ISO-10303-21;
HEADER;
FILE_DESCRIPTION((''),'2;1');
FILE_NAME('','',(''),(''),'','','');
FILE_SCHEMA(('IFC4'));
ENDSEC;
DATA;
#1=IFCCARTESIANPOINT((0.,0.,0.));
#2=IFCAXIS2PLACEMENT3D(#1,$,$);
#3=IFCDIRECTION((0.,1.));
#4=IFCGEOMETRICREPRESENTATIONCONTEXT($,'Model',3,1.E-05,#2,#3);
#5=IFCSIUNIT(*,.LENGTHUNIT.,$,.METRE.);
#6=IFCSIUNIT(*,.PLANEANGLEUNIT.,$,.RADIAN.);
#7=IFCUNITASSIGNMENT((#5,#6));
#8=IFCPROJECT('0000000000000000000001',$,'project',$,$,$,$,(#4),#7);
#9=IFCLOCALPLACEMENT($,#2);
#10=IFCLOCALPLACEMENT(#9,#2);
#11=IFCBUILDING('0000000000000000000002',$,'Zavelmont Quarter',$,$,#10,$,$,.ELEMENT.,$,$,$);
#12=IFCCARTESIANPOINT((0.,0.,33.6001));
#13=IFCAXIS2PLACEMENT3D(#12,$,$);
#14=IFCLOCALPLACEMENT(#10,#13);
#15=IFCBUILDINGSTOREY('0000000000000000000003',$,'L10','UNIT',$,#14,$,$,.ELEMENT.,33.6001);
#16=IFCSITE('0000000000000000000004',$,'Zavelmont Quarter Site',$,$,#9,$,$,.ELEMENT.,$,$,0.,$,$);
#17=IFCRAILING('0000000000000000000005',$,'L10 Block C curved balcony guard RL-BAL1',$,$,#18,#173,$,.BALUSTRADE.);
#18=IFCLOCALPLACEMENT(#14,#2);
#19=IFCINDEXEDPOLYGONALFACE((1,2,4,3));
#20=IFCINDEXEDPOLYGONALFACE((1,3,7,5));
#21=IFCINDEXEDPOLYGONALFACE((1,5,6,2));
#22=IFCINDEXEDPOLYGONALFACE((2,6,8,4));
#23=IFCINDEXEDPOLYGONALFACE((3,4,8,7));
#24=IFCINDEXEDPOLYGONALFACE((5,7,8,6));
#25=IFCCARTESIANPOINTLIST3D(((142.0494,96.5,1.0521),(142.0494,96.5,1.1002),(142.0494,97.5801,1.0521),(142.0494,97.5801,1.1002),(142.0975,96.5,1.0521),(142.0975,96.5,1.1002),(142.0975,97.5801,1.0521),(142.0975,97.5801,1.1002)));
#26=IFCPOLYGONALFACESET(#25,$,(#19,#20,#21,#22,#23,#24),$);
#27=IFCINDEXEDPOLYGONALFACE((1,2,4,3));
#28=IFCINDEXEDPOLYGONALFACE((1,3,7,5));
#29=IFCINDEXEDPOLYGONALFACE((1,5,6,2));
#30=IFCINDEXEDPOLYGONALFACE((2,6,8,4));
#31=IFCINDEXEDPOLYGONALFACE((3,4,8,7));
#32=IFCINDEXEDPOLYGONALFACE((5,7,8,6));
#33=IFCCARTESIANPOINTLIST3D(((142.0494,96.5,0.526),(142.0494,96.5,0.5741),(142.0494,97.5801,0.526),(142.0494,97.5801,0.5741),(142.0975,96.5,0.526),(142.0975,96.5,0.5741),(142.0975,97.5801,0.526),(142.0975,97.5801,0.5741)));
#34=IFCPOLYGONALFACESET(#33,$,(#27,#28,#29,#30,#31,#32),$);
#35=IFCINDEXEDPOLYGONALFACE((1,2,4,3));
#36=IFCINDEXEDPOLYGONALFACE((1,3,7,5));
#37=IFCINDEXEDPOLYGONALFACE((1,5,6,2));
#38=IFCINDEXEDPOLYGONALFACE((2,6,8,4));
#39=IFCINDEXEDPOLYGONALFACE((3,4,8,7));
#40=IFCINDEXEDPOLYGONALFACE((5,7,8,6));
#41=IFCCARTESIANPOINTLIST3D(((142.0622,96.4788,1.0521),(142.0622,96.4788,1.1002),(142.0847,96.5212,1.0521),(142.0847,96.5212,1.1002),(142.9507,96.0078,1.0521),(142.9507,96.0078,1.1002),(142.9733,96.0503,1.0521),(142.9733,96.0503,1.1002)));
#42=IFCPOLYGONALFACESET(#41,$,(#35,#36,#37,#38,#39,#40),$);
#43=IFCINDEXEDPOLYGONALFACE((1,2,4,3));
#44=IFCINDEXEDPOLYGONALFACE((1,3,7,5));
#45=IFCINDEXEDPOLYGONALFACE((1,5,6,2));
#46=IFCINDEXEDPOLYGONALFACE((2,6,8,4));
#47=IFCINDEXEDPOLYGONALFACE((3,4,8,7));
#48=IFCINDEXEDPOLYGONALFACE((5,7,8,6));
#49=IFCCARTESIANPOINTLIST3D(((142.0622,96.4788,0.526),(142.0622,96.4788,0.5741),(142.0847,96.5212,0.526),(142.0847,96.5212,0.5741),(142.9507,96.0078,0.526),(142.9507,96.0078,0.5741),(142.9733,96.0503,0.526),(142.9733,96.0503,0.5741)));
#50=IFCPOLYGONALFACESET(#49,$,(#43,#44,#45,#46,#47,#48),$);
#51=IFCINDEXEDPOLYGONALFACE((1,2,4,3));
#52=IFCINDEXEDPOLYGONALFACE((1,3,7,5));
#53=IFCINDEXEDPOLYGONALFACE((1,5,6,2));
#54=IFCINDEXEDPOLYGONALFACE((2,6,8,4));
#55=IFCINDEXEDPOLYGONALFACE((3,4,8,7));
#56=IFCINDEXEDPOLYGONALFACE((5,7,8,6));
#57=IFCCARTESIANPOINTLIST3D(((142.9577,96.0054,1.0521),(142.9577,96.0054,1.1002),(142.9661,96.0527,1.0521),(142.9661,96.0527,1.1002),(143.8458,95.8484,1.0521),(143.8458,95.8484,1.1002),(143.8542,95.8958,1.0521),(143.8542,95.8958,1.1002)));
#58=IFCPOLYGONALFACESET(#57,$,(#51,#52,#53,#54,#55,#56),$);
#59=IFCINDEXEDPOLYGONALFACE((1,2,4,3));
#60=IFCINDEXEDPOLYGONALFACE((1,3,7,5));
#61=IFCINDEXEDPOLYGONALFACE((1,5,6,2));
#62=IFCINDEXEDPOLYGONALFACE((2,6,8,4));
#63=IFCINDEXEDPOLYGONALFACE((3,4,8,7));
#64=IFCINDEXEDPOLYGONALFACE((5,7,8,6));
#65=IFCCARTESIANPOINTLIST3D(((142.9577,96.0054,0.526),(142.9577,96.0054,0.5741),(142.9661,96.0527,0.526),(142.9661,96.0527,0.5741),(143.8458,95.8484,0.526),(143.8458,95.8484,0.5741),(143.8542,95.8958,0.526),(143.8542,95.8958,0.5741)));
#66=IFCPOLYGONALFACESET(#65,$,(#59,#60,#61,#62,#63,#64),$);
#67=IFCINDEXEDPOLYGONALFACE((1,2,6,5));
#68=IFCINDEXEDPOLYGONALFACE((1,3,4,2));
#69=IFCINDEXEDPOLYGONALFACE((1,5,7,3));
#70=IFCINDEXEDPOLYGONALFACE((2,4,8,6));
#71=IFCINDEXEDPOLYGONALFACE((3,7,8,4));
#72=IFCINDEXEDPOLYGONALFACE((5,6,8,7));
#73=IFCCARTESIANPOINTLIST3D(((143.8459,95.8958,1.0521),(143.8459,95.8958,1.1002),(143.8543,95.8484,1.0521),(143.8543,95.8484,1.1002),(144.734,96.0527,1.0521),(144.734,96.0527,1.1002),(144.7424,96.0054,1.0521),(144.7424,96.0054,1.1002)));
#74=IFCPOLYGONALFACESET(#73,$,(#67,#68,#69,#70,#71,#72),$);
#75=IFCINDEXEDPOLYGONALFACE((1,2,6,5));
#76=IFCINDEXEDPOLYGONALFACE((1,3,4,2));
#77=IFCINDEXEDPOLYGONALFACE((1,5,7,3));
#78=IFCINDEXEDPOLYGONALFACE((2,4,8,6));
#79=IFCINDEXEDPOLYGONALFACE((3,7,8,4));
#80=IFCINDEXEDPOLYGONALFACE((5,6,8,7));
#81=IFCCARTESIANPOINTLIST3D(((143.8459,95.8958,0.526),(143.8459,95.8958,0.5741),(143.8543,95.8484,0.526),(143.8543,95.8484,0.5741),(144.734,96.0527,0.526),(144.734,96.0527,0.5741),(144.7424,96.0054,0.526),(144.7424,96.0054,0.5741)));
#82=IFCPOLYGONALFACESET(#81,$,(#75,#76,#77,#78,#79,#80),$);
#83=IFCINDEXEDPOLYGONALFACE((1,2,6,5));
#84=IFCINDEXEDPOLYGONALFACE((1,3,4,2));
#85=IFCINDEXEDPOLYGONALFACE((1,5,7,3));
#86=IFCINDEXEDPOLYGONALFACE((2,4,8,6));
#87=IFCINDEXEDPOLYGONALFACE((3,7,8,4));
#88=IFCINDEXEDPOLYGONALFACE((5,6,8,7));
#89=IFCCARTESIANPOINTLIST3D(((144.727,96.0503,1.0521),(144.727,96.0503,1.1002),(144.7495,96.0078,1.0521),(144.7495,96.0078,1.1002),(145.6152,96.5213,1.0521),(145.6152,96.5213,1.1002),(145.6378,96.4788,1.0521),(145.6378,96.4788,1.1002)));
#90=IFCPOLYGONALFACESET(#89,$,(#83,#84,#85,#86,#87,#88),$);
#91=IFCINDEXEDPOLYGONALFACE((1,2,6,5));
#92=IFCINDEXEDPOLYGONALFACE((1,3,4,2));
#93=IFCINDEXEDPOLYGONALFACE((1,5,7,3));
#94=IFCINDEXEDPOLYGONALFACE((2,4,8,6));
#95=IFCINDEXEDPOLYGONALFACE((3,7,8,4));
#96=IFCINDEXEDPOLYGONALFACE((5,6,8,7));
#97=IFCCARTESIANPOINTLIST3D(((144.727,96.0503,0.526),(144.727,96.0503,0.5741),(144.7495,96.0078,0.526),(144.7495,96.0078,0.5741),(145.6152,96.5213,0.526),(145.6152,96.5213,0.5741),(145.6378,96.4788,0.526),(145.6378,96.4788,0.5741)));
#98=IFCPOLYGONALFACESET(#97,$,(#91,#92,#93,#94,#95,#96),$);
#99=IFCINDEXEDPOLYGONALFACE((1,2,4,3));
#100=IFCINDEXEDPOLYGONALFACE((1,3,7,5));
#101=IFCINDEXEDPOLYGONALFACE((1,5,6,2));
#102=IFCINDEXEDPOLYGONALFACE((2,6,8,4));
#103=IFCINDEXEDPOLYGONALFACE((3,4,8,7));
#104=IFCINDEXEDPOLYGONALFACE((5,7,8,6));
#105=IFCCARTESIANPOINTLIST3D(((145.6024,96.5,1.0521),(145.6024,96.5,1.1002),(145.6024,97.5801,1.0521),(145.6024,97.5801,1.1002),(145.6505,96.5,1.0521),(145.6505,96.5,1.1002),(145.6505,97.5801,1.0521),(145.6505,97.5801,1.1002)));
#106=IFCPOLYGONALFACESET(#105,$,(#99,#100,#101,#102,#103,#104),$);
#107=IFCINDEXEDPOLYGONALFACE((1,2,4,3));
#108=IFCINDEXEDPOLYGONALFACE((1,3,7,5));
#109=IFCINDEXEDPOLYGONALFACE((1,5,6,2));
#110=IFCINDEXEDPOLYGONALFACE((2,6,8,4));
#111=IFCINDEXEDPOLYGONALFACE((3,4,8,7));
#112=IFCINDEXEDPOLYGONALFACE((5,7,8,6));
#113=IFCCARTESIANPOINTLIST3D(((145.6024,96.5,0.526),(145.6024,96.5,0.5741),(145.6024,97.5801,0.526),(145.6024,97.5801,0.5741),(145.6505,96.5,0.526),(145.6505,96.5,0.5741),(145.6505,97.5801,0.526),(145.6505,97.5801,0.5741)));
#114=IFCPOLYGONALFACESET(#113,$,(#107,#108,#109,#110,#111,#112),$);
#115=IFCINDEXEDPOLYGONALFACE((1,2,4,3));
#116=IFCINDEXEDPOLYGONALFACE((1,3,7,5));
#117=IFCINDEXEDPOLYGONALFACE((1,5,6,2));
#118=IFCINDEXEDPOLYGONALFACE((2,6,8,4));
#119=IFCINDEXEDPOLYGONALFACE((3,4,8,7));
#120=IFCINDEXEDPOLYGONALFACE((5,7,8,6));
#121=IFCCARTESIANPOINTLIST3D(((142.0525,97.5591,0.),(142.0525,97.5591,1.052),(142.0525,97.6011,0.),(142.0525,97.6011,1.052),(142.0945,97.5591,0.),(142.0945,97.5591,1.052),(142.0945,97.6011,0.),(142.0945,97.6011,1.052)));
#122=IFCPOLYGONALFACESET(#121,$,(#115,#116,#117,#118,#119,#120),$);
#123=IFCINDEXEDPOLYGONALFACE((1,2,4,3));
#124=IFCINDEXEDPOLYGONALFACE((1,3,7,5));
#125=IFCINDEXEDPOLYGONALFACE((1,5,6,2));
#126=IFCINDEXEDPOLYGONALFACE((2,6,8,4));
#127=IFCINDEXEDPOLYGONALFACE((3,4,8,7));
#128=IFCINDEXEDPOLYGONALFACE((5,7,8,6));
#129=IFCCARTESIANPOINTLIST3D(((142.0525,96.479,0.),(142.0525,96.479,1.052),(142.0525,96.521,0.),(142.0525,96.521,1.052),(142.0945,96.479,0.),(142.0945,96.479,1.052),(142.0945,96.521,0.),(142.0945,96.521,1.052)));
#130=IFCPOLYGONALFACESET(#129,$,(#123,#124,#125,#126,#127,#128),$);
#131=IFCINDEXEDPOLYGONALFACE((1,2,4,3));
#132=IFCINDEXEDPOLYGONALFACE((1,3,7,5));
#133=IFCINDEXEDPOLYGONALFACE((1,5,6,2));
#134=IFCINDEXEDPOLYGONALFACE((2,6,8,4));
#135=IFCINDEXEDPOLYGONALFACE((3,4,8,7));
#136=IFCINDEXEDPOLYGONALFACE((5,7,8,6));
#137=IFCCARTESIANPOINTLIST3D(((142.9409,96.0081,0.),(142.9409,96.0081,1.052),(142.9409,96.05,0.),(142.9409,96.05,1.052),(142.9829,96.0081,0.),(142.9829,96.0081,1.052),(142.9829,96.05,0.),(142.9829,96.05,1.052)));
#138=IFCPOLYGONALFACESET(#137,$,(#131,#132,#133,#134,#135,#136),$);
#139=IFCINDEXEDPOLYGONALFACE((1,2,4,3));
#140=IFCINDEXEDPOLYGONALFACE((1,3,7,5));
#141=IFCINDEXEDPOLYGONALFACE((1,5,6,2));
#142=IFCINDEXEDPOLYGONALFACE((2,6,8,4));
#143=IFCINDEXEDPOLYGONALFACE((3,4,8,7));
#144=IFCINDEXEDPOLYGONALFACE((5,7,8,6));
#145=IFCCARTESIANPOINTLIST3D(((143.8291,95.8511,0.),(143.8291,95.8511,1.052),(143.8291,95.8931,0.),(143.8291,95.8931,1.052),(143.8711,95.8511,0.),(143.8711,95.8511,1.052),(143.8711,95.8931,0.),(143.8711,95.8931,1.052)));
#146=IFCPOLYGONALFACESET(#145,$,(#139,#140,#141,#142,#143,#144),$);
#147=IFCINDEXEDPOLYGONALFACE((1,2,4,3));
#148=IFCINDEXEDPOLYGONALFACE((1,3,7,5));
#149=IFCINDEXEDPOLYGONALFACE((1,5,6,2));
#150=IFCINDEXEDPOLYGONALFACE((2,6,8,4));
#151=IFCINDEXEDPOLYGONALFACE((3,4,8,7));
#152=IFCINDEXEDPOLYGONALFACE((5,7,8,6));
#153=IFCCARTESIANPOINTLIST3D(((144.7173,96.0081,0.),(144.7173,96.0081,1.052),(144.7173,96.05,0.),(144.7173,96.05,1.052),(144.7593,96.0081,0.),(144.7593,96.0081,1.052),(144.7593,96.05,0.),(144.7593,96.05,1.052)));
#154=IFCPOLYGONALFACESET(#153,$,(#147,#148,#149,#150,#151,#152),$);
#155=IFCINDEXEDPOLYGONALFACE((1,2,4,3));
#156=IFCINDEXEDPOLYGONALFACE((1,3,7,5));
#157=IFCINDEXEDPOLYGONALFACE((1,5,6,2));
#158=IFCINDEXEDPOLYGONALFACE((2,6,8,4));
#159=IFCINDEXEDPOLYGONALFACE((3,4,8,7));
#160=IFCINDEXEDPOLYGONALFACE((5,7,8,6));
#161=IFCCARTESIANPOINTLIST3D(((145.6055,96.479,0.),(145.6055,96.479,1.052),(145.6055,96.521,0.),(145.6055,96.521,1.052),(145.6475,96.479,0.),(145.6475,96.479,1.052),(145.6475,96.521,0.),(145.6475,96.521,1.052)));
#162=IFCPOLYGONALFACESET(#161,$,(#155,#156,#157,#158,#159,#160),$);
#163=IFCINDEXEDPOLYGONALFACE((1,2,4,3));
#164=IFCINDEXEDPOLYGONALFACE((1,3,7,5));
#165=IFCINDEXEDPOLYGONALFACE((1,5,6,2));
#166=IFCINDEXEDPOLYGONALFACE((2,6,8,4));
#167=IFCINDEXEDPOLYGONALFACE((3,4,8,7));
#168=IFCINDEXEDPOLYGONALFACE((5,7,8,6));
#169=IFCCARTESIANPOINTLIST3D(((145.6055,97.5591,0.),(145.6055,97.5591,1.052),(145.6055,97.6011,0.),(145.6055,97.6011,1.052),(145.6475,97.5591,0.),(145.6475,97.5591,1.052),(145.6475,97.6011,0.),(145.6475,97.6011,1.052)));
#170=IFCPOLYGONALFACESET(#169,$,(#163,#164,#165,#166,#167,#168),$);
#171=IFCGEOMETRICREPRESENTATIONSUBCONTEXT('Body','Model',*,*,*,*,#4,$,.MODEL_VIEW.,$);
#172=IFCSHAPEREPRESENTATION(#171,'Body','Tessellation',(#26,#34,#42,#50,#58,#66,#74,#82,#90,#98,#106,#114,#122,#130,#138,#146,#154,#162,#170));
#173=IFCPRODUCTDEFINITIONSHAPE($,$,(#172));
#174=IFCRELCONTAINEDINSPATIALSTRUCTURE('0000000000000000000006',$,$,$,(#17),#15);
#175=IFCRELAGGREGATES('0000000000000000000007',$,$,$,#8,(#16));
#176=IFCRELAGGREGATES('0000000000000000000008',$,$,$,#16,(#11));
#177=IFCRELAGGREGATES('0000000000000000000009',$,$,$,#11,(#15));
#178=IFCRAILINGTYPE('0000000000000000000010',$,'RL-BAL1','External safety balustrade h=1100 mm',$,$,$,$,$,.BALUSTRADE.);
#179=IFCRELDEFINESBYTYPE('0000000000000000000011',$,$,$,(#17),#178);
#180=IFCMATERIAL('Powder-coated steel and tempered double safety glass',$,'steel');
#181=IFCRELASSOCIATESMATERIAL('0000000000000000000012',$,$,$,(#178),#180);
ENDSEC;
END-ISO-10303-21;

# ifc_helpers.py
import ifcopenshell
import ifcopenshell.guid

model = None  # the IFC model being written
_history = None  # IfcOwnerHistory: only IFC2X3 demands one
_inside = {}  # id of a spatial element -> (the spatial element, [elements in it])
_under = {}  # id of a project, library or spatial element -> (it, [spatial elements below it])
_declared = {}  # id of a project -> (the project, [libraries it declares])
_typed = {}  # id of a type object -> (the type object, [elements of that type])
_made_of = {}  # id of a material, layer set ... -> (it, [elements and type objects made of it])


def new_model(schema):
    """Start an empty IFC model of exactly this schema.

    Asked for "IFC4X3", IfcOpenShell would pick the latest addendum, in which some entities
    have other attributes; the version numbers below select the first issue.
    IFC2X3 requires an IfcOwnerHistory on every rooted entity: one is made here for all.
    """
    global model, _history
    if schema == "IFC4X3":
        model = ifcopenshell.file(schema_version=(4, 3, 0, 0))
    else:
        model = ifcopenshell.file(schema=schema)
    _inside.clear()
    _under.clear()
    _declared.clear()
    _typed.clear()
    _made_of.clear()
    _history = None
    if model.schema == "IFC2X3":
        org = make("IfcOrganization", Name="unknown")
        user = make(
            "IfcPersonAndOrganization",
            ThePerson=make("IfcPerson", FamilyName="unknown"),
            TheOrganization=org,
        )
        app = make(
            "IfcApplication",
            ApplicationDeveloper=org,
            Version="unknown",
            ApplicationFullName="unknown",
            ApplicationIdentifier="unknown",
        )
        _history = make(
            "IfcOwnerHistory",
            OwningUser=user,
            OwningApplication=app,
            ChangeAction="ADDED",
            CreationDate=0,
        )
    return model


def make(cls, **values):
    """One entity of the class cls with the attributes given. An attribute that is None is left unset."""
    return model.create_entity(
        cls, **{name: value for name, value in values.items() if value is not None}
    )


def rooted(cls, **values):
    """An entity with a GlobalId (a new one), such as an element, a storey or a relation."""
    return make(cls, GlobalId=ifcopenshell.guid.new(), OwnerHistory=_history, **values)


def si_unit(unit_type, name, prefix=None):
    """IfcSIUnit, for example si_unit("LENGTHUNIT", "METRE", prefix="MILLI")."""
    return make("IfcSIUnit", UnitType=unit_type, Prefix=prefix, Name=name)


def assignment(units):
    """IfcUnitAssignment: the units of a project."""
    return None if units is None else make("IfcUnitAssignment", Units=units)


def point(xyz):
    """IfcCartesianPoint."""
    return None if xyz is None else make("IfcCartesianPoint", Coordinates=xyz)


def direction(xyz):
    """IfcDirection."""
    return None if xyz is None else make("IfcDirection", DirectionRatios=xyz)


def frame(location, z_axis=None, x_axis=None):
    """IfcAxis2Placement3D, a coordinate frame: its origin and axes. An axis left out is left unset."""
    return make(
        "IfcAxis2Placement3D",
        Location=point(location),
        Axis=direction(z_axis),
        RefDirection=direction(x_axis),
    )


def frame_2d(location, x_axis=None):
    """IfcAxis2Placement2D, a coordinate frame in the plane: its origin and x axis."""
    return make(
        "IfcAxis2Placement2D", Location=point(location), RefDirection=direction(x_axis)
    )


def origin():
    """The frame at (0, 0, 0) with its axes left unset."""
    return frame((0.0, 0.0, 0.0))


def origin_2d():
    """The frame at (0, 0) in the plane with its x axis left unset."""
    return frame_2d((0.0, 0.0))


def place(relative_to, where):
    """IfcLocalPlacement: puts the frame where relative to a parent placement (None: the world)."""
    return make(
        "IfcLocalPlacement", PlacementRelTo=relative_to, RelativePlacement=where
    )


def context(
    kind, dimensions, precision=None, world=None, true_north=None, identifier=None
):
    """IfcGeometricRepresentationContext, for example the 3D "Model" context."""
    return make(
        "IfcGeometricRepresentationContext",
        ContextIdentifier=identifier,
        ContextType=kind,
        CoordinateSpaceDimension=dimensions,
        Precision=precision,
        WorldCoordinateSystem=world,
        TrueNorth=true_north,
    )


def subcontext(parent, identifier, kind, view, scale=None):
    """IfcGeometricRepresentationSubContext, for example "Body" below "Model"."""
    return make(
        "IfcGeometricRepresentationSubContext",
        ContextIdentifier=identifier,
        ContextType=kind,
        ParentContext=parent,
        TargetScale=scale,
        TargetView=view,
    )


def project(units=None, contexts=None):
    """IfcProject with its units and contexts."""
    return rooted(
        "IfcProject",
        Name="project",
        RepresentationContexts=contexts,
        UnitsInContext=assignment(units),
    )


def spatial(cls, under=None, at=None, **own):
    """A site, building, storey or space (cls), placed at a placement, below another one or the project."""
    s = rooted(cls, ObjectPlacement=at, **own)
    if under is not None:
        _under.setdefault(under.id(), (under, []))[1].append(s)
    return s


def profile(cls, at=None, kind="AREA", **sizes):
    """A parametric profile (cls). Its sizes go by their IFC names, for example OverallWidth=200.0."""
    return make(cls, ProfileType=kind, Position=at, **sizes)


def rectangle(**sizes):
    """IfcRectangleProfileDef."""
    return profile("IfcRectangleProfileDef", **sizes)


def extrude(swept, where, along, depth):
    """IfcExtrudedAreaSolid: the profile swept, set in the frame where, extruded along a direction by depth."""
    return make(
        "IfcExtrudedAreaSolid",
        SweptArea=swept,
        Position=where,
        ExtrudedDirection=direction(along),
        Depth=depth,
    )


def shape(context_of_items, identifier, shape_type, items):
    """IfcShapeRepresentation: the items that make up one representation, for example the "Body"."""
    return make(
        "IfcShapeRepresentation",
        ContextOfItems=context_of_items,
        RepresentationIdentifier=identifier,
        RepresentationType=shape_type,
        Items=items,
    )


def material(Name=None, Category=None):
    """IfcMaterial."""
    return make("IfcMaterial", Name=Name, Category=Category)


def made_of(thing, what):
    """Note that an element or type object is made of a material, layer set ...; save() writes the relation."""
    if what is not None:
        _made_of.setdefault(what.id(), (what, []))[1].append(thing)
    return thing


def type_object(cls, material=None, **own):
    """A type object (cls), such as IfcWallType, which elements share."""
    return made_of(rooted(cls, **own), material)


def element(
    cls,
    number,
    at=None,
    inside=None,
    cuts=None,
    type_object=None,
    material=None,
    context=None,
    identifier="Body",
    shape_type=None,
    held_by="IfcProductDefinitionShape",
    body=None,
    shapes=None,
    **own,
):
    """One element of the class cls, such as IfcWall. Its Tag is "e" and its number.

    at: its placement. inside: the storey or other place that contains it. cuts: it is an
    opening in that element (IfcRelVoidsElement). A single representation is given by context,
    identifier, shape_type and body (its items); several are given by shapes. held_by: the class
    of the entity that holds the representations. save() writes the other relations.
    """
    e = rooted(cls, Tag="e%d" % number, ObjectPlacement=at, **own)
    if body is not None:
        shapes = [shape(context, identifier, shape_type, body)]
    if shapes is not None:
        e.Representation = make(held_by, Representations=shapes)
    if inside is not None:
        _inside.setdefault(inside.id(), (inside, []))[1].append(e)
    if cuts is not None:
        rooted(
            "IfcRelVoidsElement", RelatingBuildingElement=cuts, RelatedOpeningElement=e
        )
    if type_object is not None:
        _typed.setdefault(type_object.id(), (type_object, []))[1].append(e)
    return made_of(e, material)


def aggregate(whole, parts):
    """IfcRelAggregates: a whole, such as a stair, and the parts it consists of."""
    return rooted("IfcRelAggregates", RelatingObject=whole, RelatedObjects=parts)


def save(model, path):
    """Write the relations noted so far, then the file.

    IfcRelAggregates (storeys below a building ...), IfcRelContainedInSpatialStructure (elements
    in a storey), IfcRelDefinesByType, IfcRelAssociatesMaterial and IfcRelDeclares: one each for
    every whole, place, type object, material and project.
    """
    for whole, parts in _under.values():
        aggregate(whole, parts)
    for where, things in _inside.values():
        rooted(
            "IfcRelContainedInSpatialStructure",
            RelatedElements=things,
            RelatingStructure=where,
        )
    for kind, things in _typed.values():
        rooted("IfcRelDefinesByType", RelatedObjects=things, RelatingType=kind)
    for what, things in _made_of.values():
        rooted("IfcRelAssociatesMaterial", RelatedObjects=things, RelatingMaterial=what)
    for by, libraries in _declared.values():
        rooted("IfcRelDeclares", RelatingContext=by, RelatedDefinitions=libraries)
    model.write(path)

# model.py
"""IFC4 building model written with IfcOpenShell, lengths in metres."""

from ifc_helpers import new_model, si_unit, direction, frame, origin, origin_2d, place, context, subcontext, project, spatial, rectangle, extrude, material, type_object, element, save


model = new_model("IFC4")

# Units and contexts
model_context = context("Model", 3, precision=1e-05, world=origin(), true_north=direction((0.0, 1.0)))
body_context = subcontext(model_context, "Body", "Model", "MODEL_VIEW")
ifc_project = project(units=[si_unit("LENGTHUNIT", "METRE"), si_unit("PLANEANGLEUNIT", "RADIAN")], contexts=[model_context])

# Site, building, storey
site_placement = place(None, origin())
site = spatial("IfcSite", under=ifc_project, at=site_placement, Name="Zavelmont Quarter Site", CompositionType="ELEMENT", RefElevation=0.0)
building_placement = place(site_placement, origin())
building = spatial("IfcBuilding", under=site, at=building_placement, Name="Zavelmont Quarter", CompositionType="ELEMENT")
storey_placement = place(building_placement, frame((0.0, 0.0, 33.6001)))
storey = spatial("IfcBuildingStorey", under=building, at=storey_placement, Name="L10", Description="UNIT", CompositionType="ELEMENT", Elevation=33.6001)

# Railing
ifc_material_1 = material(Name="Powder-coated steel and tempered double safety glass", Category="steel")
railing_type = type_object("IfcRailingType", Name="RL-BAL1", Description="External safety balustrade h=1100 mm", PredefinedType="BALUSTRADE", material=ifc_material_1)
railing_placement = place(storey_placement, frame((142.0735, 97.5801, 0.0)))
element("IfcRailing", 1, at=railing_placement, inside=storey, type_object=railing_type, Name="L10 Block C curved balcony guard RL-BAL1", PredefinedType="BALUSTRADE", context=body_context, shape_type="SweptSolid", body=[
    extrude(rectangle(XDim=0.0481, YDim=0.0481, at=origin_2d()), frame((0.0, 0.0, 1.0762), z_axis=(0.0, -1.0, 0.0), x_axis=(1.0, 0.0, 0.0)), (0.0, 0.0, 1.0), 1.0801),
    extrude(rectangle(XDim=0.0481, YDim=0.0481, at=origin_2d()), frame((0.0, 0.0, 0.55), z_axis=(0.0, -1.0, 0.0), x_axis=(1.0, 0.0, 0.0)), (0.0, 0.0, 1.0), 1.0801),
    extrude(rectangle(XDim=0.0481, YDim=0.0481, at=origin_2d()), frame((0.0, -1.0801, 1.0762), z_axis=(0.88354, -0.468356, 0.0), x_axis=(0.468356, 0.88354, 0.0)), (0.0, 0.0, 1.0), 1.0056),
    extrude(rectangle(XDim=0.0481, YDim=0.0481, at=origin_2d()), frame((0.0, -1.0801, 0.55), z_axis=(0.88354, -0.468356, 0.0), x_axis=(0.468356, 0.88354, 0.0)), (0.0, 0.0, 1.0), 1.0056),
    extrude(rectangle(XDim=0.0481, YDim=0.0481, at=origin_2d()), frame((0.8884, -1.551, 1.0762), z_axis=(0.984737, -0.174048, 0.0), x_axis=(0.174048, 0.984737, 0.0)), (0.0, 0.0, 1.0), 0.9019),
    extrude(rectangle(XDim=0.0481, YDim=0.0481, at=origin_2d()), frame((0.8884, -1.551, 0.55), z_axis=(0.984737, -0.174048, 0.0), x_axis=(0.174048, 0.984737, 0.0)), (0.0, 0.0, 1.0), 0.9019),
    extrude(rectangle(XDim=0.0481, YDim=0.0481, at=origin_2d()), frame((1.7766, -1.708, 1.0762), z_axis=(0.984737, 0.174048, 0.0), x_axis=(-0.174048, 0.984737, 0.0)), (0.0, 0.0, 1.0), 0.9019),
    extrude(rectangle(XDim=0.0481, YDim=0.0481, at=origin_2d()), frame((1.7766, -1.708, 0.55), z_axis=(0.984737, 0.174048, 0.0), x_axis=(-0.174048, 0.984737, 0.0)), (0.0, 0.0, 1.0), 0.9019),
    extrude(rectangle(XDim=0.0481, YDim=0.0481, at=origin_2d()), frame((2.6648, -1.551, 1.0762), z_axis=(0.883486, 0.468457, 0.0), x_axis=(-0.468457, 0.883486, 0.0)), (0.0, 0.0, 1.0), 1.0054),
    extrude(rectangle(XDim=0.0481, YDim=0.0481, at=origin_2d()), frame((2.6648, -1.551, 0.55), z_axis=(0.883486, 0.468457, 0.0), x_axis=(-0.468457, 0.883486, 0.0)), (0.0, 0.0, 1.0), 1.0054),
    extrude(rectangle(XDim=0.0481, YDim=0.0481, at=origin_2d()), frame((3.553, -1.0801, 1.0762), z_axis=(0.0, 1.0, 0.0), x_axis=(-1.0, 0.0, 0.0)), (0.0, 0.0, 1.0), 1.0801),
    extrude(rectangle(XDim=0.0481, YDim=0.0481, at=origin_2d()), frame((3.553, -1.0801, 0.55), z_axis=(0.0, 1.0, 0.0), x_axis=(-1.0, 0.0, 0.0)), (0.0, 0.0, 1.0), 1.0801),
    extrude(rectangle(XDim=0.042, YDim=0.042, at=origin_2d()), origin(), (0.0, 0.0, 1.0), 1.052),
    extrude(rectangle(XDim=0.042, YDim=0.042, at=origin_2d()), frame((0.0, -1.0801, 0.0)), (0.0, 0.0, 1.0), 1.052),
    extrude(rectangle(XDim=0.042, YDim=0.042, at=origin_2d()), frame((0.8884, -1.551, 0.0)), (0.0, 0.0, 1.0), 1.052),
    extrude(rectangle(XDim=0.042, YDim=0.042, at=origin_2d()), frame((1.7766, -1.708, 0.0)), (0.0, 0.0, 1.0), 1.052),
    extrude(rectangle(XDim=0.042, YDim=0.042, at=origin_2d()), frame((2.6648, -1.551, 0.0)), (0.0, 0.0, 1.0), 1.052),
    extrude(rectangle(XDim=0.042, YDim=0.042, at=origin_2d()), frame((3.553, -1.0801, 0.0)), (0.0, 0.0, 1.0), 1.052),
    extrude(rectangle(XDim=0.042, YDim=0.042, at=origin_2d()), frame((3.553, 0.0, 0.0)), (0.0, 0.0, 1.0), 1.052),
])

save(model, "model.ifc")
